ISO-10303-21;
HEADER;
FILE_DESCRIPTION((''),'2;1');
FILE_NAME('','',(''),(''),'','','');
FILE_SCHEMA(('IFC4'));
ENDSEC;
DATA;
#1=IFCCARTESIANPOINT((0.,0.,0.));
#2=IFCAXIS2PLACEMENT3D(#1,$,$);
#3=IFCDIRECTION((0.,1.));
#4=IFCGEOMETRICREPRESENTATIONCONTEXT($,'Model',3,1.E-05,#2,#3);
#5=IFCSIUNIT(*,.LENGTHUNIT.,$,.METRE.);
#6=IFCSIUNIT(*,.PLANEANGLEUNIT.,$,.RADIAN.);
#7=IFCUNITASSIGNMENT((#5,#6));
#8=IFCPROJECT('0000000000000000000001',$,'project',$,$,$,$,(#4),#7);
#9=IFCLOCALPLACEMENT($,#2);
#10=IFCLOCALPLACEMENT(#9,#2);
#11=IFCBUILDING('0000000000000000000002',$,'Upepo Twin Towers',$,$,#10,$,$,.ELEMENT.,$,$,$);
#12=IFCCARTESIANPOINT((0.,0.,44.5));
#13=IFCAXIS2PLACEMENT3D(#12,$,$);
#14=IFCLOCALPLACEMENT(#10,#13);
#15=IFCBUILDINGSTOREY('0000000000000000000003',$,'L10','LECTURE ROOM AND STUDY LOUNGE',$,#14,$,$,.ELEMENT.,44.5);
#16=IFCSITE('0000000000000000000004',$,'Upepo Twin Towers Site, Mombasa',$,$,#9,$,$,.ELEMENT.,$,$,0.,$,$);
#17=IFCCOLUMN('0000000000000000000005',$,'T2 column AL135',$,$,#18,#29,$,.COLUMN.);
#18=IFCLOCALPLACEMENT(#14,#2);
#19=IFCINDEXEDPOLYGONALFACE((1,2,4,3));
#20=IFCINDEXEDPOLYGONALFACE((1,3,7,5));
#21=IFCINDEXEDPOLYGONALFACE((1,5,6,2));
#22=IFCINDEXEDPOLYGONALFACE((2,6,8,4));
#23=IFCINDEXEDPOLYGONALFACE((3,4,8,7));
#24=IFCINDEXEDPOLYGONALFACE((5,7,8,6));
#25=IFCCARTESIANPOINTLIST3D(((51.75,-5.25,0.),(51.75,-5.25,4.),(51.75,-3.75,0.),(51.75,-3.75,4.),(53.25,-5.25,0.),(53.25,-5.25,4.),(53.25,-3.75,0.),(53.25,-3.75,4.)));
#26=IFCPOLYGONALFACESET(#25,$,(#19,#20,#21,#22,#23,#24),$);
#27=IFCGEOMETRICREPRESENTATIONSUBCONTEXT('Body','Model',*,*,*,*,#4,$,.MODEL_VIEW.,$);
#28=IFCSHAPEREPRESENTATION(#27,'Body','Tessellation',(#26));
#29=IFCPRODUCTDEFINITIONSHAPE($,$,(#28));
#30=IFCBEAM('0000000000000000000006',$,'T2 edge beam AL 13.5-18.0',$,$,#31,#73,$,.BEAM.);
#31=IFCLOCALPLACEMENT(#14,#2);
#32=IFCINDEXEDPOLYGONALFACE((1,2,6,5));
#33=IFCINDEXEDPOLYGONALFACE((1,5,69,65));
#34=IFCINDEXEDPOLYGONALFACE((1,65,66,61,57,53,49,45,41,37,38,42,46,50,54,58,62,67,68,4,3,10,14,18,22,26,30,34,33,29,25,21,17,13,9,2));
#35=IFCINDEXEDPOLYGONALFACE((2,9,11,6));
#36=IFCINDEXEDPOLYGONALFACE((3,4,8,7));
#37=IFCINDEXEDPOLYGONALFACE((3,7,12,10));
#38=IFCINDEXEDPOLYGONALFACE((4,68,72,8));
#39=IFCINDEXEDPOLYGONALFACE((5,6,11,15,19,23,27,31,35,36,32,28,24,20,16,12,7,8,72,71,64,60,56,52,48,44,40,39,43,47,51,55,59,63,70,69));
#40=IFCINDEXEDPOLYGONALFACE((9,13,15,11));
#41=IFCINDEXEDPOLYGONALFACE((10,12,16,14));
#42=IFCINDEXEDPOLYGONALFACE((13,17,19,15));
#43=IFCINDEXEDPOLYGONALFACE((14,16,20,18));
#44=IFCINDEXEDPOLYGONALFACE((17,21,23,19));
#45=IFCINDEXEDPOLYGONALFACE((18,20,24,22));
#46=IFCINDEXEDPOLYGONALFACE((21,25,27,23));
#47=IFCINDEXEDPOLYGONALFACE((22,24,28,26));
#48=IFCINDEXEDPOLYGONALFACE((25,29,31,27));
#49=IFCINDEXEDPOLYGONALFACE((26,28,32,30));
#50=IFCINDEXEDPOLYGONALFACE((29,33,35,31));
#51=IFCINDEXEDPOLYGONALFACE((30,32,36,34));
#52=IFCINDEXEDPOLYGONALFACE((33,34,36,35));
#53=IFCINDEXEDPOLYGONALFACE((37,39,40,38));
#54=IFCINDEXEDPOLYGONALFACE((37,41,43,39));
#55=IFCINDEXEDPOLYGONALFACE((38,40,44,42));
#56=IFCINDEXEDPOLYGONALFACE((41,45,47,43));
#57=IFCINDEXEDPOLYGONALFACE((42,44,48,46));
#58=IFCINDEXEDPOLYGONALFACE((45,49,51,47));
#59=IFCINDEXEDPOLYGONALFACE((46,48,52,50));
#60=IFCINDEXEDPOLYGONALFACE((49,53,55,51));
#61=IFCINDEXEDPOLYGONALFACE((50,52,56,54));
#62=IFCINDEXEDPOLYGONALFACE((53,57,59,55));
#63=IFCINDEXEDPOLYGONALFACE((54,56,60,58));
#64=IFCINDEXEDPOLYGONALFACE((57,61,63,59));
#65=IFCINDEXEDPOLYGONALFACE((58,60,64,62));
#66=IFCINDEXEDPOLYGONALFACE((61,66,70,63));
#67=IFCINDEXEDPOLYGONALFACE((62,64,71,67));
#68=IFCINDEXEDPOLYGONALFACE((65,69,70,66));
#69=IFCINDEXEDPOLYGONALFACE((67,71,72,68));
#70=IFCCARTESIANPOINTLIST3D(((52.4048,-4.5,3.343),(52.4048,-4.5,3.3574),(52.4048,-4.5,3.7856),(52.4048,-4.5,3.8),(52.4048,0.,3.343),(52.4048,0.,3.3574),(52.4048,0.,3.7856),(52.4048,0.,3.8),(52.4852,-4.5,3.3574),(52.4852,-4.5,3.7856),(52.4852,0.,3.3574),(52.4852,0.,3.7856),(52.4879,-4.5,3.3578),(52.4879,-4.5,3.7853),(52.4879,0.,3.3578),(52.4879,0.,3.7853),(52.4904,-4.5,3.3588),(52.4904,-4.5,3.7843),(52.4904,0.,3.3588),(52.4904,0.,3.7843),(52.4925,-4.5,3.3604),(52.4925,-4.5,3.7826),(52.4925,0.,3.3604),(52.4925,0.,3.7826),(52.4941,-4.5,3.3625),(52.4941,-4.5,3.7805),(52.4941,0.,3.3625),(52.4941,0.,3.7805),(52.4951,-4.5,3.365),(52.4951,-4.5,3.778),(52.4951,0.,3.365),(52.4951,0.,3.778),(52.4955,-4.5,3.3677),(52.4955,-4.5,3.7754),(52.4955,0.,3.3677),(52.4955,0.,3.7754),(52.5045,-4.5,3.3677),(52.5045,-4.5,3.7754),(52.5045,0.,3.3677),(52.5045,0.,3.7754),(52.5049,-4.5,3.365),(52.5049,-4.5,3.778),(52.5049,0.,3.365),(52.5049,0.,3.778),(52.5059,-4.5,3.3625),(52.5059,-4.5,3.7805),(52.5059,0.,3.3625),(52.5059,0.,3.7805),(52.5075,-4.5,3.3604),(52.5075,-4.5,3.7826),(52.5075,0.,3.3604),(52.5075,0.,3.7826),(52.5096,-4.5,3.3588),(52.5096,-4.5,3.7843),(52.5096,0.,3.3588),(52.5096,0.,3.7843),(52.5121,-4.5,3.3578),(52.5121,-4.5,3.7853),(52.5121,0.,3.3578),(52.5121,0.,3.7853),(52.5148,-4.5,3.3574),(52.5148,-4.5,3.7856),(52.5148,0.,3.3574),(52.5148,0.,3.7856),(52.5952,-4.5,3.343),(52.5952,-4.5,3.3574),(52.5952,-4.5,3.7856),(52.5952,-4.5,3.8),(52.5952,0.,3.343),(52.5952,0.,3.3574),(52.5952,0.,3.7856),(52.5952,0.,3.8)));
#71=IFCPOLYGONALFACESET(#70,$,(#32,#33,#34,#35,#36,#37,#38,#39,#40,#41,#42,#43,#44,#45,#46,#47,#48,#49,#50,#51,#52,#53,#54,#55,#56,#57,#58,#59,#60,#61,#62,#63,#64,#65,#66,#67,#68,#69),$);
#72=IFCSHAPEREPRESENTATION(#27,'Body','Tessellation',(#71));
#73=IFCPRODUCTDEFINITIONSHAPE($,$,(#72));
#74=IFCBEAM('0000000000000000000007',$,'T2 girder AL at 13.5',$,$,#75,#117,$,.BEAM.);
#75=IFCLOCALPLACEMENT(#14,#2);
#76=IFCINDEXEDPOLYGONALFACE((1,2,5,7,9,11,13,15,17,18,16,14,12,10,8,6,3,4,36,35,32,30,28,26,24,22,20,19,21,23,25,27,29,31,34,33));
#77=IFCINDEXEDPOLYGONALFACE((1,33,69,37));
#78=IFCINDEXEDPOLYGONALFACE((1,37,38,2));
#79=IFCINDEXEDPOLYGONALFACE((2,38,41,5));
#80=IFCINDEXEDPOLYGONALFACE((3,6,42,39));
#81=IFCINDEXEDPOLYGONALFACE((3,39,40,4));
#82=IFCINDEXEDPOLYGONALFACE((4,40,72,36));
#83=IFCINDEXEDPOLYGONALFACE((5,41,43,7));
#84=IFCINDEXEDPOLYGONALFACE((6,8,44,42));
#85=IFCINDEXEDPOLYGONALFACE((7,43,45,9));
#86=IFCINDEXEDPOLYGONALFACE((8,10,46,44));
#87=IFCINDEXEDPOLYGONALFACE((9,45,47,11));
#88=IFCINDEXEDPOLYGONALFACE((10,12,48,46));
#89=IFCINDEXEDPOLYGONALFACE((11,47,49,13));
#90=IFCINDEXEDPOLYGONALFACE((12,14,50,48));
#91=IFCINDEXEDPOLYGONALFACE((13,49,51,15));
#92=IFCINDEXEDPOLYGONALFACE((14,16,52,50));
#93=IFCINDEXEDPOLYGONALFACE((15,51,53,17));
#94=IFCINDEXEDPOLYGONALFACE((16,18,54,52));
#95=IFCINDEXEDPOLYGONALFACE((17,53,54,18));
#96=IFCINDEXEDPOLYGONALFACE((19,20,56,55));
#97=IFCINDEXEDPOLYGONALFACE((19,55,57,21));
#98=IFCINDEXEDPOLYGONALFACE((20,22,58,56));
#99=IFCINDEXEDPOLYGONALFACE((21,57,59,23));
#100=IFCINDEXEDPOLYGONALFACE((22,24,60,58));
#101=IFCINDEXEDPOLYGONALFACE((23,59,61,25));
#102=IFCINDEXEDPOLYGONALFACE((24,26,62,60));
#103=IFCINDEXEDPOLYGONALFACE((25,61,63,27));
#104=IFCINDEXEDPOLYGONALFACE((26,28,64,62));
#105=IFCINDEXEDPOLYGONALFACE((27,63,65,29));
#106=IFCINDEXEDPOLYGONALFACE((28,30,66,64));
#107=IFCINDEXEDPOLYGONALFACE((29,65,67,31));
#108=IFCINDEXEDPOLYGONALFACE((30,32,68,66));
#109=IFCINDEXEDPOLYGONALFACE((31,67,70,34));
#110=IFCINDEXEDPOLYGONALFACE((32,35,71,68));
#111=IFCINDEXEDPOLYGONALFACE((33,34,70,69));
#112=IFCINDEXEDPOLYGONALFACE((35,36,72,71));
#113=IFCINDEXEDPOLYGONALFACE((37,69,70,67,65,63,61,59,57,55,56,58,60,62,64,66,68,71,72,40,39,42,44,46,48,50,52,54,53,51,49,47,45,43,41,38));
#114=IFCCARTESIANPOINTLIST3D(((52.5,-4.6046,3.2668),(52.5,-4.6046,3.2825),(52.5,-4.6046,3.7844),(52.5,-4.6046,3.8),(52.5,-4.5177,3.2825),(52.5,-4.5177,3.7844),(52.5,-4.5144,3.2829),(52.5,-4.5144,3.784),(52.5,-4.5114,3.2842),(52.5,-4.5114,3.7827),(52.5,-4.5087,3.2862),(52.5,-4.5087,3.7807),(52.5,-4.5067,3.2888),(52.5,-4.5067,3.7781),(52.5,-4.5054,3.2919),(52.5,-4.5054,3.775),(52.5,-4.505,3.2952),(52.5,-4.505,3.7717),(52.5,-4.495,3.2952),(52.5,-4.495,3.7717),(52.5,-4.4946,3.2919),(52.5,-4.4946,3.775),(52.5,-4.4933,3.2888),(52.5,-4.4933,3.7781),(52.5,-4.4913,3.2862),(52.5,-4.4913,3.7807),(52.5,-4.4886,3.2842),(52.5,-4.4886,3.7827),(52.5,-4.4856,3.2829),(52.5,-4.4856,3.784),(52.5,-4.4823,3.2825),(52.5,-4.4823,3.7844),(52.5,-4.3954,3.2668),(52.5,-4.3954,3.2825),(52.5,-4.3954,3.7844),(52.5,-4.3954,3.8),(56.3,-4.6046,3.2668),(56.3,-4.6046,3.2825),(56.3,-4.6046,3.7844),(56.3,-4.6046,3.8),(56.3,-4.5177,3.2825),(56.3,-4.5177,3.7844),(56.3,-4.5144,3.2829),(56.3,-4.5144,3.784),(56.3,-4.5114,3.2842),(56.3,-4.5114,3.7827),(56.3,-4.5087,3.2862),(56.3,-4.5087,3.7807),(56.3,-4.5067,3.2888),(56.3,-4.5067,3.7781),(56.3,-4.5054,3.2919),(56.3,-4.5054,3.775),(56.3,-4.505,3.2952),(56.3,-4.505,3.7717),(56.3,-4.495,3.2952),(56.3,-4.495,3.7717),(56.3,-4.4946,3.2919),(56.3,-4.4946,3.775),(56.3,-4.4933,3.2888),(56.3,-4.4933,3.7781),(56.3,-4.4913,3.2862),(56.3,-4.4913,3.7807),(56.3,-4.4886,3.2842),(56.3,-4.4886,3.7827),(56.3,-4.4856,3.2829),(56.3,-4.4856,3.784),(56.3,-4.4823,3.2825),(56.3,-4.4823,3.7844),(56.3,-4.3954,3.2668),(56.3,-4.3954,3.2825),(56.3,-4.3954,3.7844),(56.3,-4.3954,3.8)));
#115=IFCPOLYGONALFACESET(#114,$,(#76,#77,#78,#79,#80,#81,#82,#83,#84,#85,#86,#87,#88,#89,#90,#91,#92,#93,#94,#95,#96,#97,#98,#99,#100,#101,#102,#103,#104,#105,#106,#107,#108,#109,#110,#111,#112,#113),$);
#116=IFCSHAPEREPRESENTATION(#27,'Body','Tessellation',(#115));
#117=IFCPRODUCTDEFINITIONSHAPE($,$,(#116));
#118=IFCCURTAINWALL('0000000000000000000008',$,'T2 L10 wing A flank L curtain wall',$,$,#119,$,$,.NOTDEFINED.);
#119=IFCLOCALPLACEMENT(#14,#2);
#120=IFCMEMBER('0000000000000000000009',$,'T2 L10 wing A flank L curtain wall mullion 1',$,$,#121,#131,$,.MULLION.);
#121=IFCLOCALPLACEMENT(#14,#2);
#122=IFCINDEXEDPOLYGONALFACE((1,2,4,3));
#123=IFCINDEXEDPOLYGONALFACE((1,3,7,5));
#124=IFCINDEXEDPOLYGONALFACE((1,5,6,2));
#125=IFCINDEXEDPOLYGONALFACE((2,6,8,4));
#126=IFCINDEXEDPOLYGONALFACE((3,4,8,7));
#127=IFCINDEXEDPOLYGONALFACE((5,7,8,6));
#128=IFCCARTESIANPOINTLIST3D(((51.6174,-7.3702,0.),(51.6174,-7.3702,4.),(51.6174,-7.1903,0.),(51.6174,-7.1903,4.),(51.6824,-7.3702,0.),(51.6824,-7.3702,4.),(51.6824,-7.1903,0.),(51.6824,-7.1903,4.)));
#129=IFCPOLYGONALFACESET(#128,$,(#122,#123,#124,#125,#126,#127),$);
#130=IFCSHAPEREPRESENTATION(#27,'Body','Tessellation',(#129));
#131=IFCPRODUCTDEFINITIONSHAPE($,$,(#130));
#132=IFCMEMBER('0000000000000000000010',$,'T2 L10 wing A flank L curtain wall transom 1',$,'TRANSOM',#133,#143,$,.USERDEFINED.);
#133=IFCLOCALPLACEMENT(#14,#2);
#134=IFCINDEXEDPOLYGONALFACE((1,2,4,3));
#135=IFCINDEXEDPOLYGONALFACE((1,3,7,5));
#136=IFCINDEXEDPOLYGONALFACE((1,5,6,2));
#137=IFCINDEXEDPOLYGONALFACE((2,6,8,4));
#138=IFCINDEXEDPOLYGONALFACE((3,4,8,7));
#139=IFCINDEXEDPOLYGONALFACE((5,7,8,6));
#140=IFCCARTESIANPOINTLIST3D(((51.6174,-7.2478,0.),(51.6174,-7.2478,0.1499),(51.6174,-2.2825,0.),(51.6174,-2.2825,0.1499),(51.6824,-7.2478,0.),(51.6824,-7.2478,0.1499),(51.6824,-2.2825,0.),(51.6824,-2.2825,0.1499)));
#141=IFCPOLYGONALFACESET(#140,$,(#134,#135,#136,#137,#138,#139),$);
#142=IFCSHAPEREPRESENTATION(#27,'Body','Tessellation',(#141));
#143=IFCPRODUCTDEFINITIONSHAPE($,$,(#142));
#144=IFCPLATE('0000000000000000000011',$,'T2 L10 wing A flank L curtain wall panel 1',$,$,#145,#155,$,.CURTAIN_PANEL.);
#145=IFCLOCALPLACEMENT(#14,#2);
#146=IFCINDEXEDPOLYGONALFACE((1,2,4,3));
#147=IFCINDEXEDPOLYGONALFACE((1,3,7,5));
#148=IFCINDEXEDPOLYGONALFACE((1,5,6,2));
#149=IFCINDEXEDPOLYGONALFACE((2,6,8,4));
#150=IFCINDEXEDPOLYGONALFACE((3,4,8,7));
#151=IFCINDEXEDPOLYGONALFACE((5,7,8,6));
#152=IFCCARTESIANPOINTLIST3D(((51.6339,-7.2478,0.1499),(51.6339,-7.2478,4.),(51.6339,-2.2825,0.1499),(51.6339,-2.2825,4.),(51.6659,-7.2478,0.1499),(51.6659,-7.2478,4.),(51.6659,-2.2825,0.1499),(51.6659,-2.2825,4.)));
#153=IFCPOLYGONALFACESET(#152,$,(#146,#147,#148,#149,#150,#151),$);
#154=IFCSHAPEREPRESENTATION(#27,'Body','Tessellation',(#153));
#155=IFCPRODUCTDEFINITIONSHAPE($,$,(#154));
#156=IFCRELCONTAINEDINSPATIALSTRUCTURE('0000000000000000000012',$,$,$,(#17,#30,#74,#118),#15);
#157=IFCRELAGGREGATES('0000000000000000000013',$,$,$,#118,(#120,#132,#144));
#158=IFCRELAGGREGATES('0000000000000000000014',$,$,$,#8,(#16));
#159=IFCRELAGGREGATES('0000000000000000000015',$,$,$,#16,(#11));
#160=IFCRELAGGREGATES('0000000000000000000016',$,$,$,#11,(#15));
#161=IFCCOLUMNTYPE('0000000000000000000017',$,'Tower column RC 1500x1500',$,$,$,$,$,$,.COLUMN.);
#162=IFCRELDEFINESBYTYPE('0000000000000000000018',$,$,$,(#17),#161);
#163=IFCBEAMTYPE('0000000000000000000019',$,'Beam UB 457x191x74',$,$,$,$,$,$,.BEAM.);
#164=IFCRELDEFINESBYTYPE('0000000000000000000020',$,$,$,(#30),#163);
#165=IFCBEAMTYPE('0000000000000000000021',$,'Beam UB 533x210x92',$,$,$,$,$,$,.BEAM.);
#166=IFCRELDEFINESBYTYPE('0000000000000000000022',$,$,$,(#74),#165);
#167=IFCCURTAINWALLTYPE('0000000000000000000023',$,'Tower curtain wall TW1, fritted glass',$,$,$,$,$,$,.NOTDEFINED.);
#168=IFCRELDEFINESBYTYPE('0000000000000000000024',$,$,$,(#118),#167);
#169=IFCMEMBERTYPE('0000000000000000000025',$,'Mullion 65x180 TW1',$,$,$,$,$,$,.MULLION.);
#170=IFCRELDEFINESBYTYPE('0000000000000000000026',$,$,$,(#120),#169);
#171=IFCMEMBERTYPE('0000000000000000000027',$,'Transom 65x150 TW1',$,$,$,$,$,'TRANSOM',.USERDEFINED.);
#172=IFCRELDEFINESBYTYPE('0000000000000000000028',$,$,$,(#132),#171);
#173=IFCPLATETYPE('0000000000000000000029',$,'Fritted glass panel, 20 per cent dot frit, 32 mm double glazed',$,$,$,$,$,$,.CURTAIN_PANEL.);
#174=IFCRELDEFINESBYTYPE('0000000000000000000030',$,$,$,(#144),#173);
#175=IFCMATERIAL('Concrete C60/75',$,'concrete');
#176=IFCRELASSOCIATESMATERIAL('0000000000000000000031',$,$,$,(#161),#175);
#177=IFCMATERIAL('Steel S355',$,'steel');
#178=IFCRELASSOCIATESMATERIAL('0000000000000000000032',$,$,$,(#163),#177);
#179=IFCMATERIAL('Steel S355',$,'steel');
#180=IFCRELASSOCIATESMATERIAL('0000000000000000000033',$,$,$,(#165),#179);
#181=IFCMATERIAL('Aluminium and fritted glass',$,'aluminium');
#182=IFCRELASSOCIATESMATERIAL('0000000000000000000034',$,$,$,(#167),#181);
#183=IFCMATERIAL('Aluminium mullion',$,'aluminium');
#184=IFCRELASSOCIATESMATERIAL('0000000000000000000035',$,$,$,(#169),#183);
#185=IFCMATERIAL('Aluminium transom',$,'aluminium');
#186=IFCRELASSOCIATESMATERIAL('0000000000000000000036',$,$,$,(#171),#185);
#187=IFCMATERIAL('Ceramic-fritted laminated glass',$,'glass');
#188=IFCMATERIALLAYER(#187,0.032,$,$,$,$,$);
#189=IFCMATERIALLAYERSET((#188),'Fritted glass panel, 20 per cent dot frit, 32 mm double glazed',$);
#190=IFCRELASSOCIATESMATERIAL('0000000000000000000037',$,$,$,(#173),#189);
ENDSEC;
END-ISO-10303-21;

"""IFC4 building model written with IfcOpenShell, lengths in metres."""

from ifc_helpers import new_model, si_unit, direction, frame, origin, origin_2d, place, context, subcontext, project, spatial, rectangle, i_section, extrude, material, layer, layer_set, material_profile, profile_set, type_object, element, aggregate, save


model = new_model("IFC4")

# Units and contexts
model_context = context("Model", 3, precision=1e-05, world=origin(), true_north=direction((0.0, 1.0)))
body_context = subcontext(model_context, "Body", "Model", "MODEL_VIEW")
ifc_project = project(units=[si_unit("LENGTHUNIT", "METRE"), si_unit("PLANEANGLEUNIT", "RADIAN")], contexts=[model_context])

# Site, building, storey
site_placement = place(None, origin())
site = spatial("IfcSite", under=ifc_project, at=site_placement, Name="Upepo Twin Towers Site, Mombasa", CompositionType="ELEMENT", RefElevation=0.0)
building_placement = place(site_placement, origin())
building = spatial("IfcBuilding", under=site, at=building_placement, Name="Upepo Twin Towers", CompositionType="ELEMENT")
storey_placement = place(building_placement, frame((0.0, 0.0, 44.5)))
storey = spatial("IfcBuildingStorey", under=building, at=storey_placement, Name="L10", Description="LECTURE ROOM AND STUDY LOUNGE", CompositionType="ELEMENT", Elevation=44.5)

# Column
ifc_material_1 = material(Name="Concrete C60/75", Category="concrete")
ifc_material_profile_1 = material_profile(ifc_material_1, rectangle(XDim=1.5, YDim=1.5, at=origin_2d()), Name="RC 1500x1500")
ifc_profile_set_1 = profile_set([ifc_material_profile_1], Name="Concrete C60/75")
column_type = type_object("IfcColumnType", Name="Tower column RC 1500x1500", PredefinedType="COLUMN", material=ifc_profile_set_1)
column_placement = place(storey_placement, frame((52.5, -4.5, 0.0), z_axis=(0.0, 0.0, 1.0), x_axis=(1.0, 0.0, 0.0)))
element("IfcColumn", 1, at=column_placement, inside=storey, type_object=column_type, Name="T2 column AL135", PredefinedType="COLUMN", context=body_context, shape_type="SweptSolid", body=[
    extrude(rectangle(XDim=1.5, YDim=1.5, at=origin_2d()), origin(), (0.0, 0.0, 1.0), 4.0),
])

# Beams
ifc_material_2 = material(Name="Steel S355", Category="steel")
ifc_material_profile_2 = material_profile(ifc_material_2, i_section(OverallWidth=0.1904, OverallDepth=0.457, WebThickness=0.009, FlangeThickness=0.0144, FilletRadius=0.0103, at=origin_2d()), Name="UB 457x191x74")
ifc_profile_set_2 = profile_set([ifc_material_profile_2], Name="Steel S355")
beam_type_1 = type_object("IfcBeamType", Name="Beam UB 457x191x74", PredefinedType="BEAM", material=ifc_profile_set_2)
beam_1_placement = place(storey_placement, frame((52.5, -4.5, 3.5715), z_axis=(0.0, 1.0, 0.0), x_axis=(-1.0, 0.0, 0.0)))
element("IfcBeam", 2, at=beam_1_placement, inside=storey, type_object=beam_type_1, Name="T2 edge beam AL 13.5-18.0", PredefinedType="BEAM", context=body_context, shape_type="SweptSolid", body=[
    extrude(i_section(OverallWidth=0.1904, OverallDepth=0.457, WebThickness=0.009, FlangeThickness=0.0144, FilletRadius=0.0103, at=origin_2d()), origin(), (0.0, 0.0, 1.0), 4.5),
])
ifc_material_3 = material(Name="Steel S355", Category="steel")
ifc_material_profile_3 = material_profile(ifc_material_3, i_section(OverallWidth=0.2092, OverallDepth=0.5332, WebThickness=0.01, FlangeThickness=0.0156, FilletRadius=0.0127, at=origin_2d()), Name="UB 533x210x92")
ifc_profile_set_3 = profile_set([ifc_material_profile_3], Name="Steel S355")
beam_type_2 = type_object("IfcBeamType", Name="Beam UB 533x210x92", PredefinedType="BEAM", material=ifc_profile_set_3)
beam_2_placement = place(storey_placement, frame((52.5, -4.5, 3.5334), z_axis=(1.0, 0.0, 0.0), x_axis=(0.0, 1.0, 0.0)))
element("IfcBeam", 3, at=beam_2_placement, inside=storey, type_object=beam_type_2, Name="T2 girder AL at 13.5", PredefinedType="BEAM", context=body_context, shape_type="SweptSolid", body=[
    extrude(i_section(OverallWidth=0.2092, OverallDepth=0.5332, WebThickness=0.01, FlangeThickness=0.0156, FilletRadius=0.0127, at=origin_2d()), origin(), (0.0, 0.0, 1.0), 3.8),
])

# Curtain wall, members, plate
ifc_material_4 = material(Name="Aluminium and fritted glass", Category="aluminium")
curtain_wall_type = type_object("IfcCurtainWallType", Name="Tower curtain wall TW1, fritted glass", PredefinedType="NOTDEFINED", material=ifc_material_4)
curtain_wall_placement = place(storey_placement, origin())
curtain_wall = element("IfcCurtainWall", 4, at=curtain_wall_placement, inside=storey, type_object=curtain_wall_type, Name="T2 L10 wing A flank L curtain wall", PredefinedType="NOTDEFINED")
ifc_material_5 = material(Name="Aluminium mullion", Category="aluminium")
ifc_material_profile_4 = material_profile(ifc_material_5, rectangle(XDim=0.0649, YDim=0.1799, at=origin_2d()), Name="MULLION 65x180")
ifc_profile_set_4 = profile_set([ifc_material_profile_4], Name="Aluminium mullion")
member_type_1 = type_object("IfcMemberType", Name="Mullion 65x180 TW1", PredefinedType="MULLION", material=ifc_profile_set_4)
member_1_placement = place(storey_placement, frame((51.6499, -7.2803, 0.0), z_axis=(0.0, 0.0, 1.0), x_axis=(-1.0, 0.0, 0.0)))
member_1 = element("IfcMember", 5, at=member_1_placement, type_object=member_type_1, Name="T2 L10 wing A flank L curtain wall mullion 1", PredefinedType="MULLION", context=body_context, shape_type="SweptSolid", body=[
    extrude(rectangle(XDim=0.0649, YDim=0.1799, at=origin_2d()), origin(), (0.0, 0.0, 1.0), 4.0),
])
ifc_material_6 = material(Name="Aluminium transom", Category="aluminium")
ifc_material_profile_5 = material_profile(ifc_material_6, rectangle(XDim=0.0649, YDim=0.1499, at=origin_2d()), Name="TRANSOM 65x150")
ifc_profile_set_5 = profile_set([ifc_material_profile_5], Name="Aluminium transom")
member_type_2 = type_object("IfcMemberType", Name="Transom 65x150 TW1", ElementType="TRANSOM", PredefinedType="USERDEFINED", material=ifc_profile_set_5)
member_2_placement = place(storey_placement, frame((51.6499, -7.2478, 0.075), z_axis=(0.0, 1.0, 0.0), x_axis=(-1.0, 0.0, 0.0)))
member_2 = element("IfcMember", 6, at=member_2_placement, type_object=member_type_2, Name="T2 L10 wing A flank L curtain wall transom 1", ObjectType="TRANSOM", PredefinedType="USERDEFINED", context=body_context, shape_type="SweptSolid", body=[
    extrude(rectangle(XDim=0.0649, YDim=0.1499, at=origin_2d()), origin(), (0.0, 0.0, 1.0), 4.9653),
])
ifc_material_7 = material(Name="Ceramic-fritted laminated glass", Category="glass")
ifc_layer_1 = layer(ifc_material_7, 0.032)
ifc_layer_set_1 = layer_set([ifc_layer_1], Name="Fritted glass panel, 20 per cent dot frit, 32 mm double glazed")
plate_type = type_object("IfcPlateType", Name="Fritted glass panel, 20 per cent dot frit, 32 mm double glazed", PredefinedType="CURTAIN_PANEL", material=ifc_layer_set_1)
plate_placement = place(storey_placement, frame((51.6499, -4.7651, 0.1499), z_axis=(0.0, 0.0, 1.0), x_axis=(0.0, 1.0, 0.0)))
plate = element("IfcPlate", 7, at=plate_placement, type_object=plate_type, Name="T2 L10 wing A flank L curtain wall panel 1", PredefinedType="CURTAIN_PANEL", context=body_context, shape_type="SweptSolid", body=[
    extrude(rectangle(XDim=4.9653, YDim=0.032, at=origin_2d()), origin(), (0.0, 0.0, 1.0), 3.8501),
])
aggregate(curtain_wall, [member_1, member_2, plate])

save(model, "model.ifc")
